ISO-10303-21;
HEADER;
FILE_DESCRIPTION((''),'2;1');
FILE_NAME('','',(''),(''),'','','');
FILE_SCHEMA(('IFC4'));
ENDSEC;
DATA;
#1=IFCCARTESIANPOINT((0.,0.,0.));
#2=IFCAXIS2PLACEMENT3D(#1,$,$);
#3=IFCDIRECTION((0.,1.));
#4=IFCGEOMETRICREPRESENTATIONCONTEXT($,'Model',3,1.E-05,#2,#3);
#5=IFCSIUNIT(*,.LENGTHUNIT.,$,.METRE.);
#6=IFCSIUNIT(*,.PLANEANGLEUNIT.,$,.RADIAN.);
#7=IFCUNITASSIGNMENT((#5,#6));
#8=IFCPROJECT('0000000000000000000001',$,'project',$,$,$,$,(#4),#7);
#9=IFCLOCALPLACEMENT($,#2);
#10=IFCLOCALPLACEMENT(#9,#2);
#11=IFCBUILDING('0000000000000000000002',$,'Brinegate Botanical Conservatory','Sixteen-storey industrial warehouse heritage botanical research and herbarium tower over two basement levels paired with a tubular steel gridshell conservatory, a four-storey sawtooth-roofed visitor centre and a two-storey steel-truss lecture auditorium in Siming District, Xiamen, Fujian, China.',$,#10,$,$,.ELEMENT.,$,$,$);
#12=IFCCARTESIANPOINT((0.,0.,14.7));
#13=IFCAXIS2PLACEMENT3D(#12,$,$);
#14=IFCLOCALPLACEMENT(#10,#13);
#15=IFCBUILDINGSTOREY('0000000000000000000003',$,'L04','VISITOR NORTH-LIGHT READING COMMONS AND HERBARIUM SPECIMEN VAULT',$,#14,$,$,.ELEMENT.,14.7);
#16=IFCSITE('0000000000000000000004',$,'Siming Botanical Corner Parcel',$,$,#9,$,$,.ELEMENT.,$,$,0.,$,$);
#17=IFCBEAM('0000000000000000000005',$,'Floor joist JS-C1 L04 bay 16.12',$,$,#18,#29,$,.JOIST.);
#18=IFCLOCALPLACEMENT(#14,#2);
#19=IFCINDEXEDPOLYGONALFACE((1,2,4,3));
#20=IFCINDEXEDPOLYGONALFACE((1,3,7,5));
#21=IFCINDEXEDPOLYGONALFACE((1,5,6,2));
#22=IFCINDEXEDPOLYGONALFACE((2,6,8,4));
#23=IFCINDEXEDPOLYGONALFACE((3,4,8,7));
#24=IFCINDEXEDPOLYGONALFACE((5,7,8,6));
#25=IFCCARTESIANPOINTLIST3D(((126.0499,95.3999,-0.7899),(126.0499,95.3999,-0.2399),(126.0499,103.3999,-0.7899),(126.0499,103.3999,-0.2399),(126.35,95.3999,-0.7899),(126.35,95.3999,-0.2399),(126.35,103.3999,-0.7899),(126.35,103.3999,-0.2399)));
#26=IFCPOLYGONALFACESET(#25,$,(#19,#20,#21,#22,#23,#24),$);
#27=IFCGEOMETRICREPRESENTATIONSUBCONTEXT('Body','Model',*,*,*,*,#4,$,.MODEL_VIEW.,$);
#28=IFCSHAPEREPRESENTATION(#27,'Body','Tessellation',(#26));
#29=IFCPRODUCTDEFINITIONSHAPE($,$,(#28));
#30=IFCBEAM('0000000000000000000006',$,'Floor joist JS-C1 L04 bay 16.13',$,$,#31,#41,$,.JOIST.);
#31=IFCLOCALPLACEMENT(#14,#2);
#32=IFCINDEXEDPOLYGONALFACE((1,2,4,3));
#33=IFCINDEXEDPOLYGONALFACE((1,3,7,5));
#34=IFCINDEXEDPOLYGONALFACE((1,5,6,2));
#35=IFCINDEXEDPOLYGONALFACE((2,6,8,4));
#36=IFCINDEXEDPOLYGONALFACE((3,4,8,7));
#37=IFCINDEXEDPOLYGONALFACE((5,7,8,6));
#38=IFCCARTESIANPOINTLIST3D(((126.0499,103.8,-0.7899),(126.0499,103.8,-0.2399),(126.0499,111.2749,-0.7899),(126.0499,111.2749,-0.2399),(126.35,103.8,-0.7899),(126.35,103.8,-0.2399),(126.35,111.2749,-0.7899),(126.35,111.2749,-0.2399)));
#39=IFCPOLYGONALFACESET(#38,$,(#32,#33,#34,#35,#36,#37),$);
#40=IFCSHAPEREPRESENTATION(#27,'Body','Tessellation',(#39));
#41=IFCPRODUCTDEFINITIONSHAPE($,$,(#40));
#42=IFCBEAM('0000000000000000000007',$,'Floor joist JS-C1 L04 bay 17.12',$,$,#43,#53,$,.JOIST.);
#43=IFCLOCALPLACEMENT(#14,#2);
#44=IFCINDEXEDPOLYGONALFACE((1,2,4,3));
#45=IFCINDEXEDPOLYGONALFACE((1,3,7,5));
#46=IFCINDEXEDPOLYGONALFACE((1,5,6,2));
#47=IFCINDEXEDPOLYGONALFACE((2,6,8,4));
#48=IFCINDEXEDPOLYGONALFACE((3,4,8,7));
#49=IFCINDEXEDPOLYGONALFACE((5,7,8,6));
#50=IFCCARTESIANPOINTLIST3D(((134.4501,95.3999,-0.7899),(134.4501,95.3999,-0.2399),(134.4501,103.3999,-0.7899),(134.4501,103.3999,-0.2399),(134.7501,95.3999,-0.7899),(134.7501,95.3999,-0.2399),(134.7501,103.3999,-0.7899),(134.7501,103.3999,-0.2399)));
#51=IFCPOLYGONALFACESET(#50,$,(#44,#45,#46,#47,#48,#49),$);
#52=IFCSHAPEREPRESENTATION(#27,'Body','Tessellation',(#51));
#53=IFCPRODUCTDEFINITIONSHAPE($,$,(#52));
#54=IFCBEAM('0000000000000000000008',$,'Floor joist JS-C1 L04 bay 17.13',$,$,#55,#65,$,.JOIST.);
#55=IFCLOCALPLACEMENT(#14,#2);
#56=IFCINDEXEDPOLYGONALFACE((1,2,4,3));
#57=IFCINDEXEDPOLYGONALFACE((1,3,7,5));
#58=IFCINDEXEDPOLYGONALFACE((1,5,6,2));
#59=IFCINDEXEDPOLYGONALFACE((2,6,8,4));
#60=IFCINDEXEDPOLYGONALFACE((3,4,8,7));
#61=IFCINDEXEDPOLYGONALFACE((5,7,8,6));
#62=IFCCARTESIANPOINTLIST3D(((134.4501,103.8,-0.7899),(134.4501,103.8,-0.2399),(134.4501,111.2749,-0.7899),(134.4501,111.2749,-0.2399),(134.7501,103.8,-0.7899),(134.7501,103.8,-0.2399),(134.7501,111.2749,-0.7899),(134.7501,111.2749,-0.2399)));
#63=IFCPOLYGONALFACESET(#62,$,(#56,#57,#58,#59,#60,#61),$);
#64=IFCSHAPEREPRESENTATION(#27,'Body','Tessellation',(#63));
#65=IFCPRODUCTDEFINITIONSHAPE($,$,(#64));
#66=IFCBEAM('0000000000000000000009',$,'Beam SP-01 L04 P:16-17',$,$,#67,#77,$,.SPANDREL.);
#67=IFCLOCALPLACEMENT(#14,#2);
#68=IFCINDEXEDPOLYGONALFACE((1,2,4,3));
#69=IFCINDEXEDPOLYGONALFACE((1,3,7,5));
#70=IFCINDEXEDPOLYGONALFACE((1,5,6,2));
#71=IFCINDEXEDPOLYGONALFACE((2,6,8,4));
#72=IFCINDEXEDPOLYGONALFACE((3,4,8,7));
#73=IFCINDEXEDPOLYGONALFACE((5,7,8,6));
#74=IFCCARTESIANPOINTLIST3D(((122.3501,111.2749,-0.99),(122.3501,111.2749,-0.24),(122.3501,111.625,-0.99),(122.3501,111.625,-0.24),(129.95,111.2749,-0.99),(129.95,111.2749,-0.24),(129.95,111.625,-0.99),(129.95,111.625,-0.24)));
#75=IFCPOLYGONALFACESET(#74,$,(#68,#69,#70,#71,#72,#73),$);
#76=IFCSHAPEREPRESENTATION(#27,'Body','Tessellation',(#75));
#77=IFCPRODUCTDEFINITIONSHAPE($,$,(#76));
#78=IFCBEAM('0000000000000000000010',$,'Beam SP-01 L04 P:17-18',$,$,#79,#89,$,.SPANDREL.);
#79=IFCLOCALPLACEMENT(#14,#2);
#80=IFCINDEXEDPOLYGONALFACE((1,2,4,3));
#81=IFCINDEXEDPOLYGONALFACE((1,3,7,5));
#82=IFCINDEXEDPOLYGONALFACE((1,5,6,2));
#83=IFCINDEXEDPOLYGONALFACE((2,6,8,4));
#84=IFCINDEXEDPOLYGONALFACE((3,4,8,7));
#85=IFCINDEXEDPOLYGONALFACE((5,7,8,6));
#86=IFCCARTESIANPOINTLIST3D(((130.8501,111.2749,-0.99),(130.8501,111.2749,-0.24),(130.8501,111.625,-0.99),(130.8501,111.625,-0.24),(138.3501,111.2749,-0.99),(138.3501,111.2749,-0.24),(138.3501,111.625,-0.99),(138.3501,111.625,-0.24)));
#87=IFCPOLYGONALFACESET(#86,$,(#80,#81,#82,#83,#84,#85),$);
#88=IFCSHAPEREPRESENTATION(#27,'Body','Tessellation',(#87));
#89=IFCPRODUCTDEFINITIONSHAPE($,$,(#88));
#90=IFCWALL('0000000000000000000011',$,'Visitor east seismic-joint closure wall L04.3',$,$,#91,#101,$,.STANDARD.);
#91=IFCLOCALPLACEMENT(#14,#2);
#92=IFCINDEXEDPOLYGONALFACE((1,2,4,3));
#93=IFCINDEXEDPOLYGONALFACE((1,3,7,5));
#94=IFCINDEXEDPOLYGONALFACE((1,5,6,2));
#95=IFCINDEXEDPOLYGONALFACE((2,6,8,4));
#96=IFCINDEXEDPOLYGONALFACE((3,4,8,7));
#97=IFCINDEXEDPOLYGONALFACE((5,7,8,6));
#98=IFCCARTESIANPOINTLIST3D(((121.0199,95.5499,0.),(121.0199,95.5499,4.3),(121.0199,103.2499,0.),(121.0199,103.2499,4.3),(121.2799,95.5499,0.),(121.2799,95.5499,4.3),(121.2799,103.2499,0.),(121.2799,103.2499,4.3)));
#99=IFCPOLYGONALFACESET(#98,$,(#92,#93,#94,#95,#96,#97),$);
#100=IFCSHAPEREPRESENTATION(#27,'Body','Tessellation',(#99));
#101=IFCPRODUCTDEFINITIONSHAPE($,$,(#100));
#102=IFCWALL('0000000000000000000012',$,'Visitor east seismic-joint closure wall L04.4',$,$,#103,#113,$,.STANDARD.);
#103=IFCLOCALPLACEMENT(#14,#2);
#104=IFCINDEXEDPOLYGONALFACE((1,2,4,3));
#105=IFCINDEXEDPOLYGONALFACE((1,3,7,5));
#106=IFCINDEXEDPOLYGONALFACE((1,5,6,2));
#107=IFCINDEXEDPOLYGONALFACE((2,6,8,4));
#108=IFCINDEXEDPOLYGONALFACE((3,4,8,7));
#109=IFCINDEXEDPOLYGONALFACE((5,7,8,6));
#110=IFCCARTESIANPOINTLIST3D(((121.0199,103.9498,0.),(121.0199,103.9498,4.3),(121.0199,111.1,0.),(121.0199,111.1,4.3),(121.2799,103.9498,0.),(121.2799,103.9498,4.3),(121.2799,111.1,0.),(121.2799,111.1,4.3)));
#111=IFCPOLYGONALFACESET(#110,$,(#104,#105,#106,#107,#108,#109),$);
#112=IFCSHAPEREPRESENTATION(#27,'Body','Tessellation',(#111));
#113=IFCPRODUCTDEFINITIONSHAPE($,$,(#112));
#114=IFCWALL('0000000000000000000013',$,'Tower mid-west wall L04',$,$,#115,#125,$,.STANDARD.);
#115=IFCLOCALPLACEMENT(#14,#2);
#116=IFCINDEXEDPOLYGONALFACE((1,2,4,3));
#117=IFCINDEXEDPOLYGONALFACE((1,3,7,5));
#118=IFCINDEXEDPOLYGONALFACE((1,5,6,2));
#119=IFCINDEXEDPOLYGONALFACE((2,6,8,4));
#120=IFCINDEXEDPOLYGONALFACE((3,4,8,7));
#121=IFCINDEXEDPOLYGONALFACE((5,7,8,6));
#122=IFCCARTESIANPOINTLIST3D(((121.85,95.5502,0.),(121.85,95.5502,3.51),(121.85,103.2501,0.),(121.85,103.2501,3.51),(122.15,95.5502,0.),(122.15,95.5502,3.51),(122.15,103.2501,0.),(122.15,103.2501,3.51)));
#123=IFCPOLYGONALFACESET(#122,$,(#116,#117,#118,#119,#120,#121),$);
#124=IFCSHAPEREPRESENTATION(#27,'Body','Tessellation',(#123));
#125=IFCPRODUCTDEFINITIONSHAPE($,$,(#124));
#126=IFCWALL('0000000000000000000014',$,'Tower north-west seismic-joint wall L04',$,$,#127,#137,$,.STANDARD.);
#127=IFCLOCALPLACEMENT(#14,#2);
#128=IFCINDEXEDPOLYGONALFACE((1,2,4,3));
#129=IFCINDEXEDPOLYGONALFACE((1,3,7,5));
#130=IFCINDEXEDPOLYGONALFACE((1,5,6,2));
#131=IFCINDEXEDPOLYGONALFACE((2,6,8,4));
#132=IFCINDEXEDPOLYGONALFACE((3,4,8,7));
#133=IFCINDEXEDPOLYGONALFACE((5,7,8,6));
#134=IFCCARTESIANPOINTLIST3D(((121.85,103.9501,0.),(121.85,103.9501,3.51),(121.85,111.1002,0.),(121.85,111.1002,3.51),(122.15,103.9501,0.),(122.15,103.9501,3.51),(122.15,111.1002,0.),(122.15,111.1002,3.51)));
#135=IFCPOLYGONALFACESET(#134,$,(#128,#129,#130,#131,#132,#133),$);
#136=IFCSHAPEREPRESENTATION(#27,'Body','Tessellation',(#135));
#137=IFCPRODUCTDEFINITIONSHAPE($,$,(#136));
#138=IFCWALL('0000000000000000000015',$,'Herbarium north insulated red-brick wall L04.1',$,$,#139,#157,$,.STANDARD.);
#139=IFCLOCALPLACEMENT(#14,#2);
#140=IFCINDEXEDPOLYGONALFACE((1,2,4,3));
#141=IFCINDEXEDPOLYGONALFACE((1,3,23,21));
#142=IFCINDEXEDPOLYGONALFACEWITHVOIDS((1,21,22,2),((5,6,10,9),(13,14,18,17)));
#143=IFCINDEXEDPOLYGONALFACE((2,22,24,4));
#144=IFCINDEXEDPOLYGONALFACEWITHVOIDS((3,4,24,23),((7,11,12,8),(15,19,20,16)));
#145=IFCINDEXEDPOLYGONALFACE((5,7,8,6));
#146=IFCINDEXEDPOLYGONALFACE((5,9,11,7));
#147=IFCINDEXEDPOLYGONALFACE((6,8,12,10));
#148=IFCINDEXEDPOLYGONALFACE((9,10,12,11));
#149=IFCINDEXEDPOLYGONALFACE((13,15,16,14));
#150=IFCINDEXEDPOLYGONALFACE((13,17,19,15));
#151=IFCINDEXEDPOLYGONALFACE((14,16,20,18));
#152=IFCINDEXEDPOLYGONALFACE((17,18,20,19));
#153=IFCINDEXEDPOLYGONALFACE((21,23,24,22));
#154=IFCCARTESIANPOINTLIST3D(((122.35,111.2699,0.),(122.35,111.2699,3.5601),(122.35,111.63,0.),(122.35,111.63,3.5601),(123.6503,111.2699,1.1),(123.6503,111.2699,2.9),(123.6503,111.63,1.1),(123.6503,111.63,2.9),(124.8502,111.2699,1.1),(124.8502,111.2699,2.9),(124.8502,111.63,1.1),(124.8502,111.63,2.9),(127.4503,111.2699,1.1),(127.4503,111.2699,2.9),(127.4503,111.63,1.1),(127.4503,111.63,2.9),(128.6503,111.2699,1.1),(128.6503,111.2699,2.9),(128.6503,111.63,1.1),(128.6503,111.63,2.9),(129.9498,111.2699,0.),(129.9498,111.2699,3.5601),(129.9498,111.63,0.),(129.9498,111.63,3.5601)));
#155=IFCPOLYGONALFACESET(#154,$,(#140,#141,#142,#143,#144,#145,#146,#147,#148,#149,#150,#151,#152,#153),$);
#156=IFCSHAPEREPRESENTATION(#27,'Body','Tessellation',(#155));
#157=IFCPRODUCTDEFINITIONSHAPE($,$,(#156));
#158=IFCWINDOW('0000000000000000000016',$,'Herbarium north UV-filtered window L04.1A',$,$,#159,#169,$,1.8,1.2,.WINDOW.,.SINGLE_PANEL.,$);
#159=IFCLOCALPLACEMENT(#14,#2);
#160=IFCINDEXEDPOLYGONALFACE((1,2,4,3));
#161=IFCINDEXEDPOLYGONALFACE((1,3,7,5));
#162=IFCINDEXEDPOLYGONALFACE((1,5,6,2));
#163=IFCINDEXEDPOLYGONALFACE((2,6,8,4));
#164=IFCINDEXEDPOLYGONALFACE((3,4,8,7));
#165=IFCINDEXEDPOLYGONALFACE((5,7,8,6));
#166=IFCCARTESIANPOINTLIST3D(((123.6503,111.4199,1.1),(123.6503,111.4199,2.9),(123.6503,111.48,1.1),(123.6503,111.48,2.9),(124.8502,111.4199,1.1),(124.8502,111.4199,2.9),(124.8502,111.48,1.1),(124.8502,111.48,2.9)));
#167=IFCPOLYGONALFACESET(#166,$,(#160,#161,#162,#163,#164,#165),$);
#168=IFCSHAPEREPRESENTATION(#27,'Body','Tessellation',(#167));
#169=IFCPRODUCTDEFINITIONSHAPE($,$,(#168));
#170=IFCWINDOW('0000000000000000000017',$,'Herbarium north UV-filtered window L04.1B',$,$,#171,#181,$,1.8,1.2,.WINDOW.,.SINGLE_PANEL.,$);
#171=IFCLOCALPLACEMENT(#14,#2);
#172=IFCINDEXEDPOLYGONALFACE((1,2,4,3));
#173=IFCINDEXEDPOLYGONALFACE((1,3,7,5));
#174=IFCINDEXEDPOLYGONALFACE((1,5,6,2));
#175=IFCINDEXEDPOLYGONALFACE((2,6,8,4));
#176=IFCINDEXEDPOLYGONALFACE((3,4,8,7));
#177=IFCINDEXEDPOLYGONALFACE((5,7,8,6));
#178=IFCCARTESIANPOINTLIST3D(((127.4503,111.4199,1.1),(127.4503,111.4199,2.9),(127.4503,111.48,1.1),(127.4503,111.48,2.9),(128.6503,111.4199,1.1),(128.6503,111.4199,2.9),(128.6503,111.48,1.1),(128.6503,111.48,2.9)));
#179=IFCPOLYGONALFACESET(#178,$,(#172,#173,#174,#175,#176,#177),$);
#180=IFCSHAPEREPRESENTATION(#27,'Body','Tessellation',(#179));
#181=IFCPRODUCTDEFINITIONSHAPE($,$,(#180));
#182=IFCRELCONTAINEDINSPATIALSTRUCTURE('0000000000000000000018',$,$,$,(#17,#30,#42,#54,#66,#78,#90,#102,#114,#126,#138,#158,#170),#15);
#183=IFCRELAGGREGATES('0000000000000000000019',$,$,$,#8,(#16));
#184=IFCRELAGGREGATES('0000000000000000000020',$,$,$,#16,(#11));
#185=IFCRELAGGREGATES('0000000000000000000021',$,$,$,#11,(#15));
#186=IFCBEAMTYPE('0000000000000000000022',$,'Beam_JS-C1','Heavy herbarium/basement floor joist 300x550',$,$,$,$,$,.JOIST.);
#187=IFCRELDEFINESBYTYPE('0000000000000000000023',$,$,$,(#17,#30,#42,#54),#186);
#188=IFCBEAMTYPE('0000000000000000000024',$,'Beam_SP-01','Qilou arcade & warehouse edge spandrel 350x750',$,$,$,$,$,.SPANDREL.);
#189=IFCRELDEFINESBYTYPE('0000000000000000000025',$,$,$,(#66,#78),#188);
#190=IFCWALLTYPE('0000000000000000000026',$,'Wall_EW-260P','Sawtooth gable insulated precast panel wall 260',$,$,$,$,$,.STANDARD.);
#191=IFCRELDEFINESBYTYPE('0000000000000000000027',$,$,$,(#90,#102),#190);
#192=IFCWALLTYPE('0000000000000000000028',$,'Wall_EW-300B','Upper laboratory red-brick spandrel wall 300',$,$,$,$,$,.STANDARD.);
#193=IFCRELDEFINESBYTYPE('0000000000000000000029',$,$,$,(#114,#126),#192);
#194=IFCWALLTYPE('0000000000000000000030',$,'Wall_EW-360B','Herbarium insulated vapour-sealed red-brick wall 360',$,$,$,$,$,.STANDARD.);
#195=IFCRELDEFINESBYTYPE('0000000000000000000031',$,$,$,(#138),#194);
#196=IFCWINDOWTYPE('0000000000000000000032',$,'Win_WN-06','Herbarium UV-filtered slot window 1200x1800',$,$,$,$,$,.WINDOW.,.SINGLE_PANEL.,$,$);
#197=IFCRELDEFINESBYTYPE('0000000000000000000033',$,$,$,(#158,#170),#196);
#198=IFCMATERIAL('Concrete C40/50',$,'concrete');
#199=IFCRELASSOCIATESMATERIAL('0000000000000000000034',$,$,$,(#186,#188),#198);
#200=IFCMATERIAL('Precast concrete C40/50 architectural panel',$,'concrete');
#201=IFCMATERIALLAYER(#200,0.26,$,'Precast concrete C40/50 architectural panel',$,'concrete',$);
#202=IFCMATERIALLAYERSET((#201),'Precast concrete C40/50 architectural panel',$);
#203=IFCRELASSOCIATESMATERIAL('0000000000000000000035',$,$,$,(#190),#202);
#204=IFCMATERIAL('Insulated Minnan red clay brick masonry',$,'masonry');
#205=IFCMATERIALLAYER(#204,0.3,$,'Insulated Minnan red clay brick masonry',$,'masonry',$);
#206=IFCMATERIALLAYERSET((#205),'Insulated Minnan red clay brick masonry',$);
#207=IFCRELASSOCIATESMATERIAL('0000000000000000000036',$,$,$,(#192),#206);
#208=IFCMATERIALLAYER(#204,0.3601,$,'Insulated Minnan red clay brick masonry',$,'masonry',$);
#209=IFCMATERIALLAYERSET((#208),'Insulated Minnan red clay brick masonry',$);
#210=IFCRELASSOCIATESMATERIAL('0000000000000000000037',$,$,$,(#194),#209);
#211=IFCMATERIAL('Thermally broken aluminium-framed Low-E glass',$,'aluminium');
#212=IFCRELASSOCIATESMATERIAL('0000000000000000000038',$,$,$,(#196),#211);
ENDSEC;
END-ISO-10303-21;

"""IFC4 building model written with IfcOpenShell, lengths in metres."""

from ifc_helpers import new_model, si_unit, direction, frame, frame_2d, origin, origin_2d, place, context, subcontext, project, spatial, rectangle, extrude, material, layer, layer_set, material_profile, profile_set, type_object, element, fill, save


model = new_model("IFC4")

# Units and contexts
model_context = context("Model", 3, precision=1e-05, world=origin(), true_north=direction((0.0, 1.0)))
body_context = subcontext(model_context, "Body", "Model", "MODEL_VIEW")
ifc_project = project(units=[si_unit("LENGTHUNIT", "METRE"), si_unit("PLANEANGLEUNIT", "RADIAN")], contexts=[model_context])

# Site, building, storey
site_placement = place(None, origin())
site = spatial("IfcSite", under=ifc_project, at=site_placement, Name="Siming Botanical Corner Parcel", CompositionType="ELEMENT", RefElevation=0.0)
building_placement = place(site_placement, origin())
building = spatial("IfcBuilding", under=site, at=building_placement, Name="Brinegate Botanical Conservatory", Description="Sixteen-storey industrial warehouse heritage botanical research and herbarium tower over two basement levels paired with a tubular steel gridshell conservatory, a four-storey sawtooth-roofed visitor centre and a two-storey steel-truss lecture auditorium in Siming District, Xiamen, Fujian, China.", CompositionType="ELEMENT")
storey_placement = place(building_placement, frame((0.0, 0.0, 14.7)))
storey = spatial("IfcBuildingStorey", under=building, at=storey_placement, Name="L04", Description="VISITOR NORTH-LIGHT READING COMMONS AND HERBARIUM SPECIMEN VAULT", CompositionType="ELEMENT", Elevation=14.7)

# Beams
ifc_material_1 = material(Name="Concrete C40/50", Category="concrete")
ifc_material_profile_1 = material_profile(ifc_material_1, rectangle(XDim=0.3, YDim=0.55, at=origin_2d()), Name="RC JST 300x550")
ifc_profile_set_1 = profile_set([ifc_material_profile_1], Name="Concrete C40/50")
beam_type_1 = type_object("IfcBeamType", Name="Beam_JS-C1", Description="Heavy herbarium/basement floor joist 300x550", PredefinedType="JOIST", material=ifc_profile_set_1)
beam_1_placement = place(storey_placement, frame((126.2, 95.3999, -0.5149), z_axis=(0.0, 1.0, 0.0), x_axis=(-1.0, 0.0, 0.0)))
element("IfcBeam", 1, at=beam_1_placement, inside=storey, type_object=beam_type_1, Name="Floor joist JS-C1 L04 bay 16.12", PredefinedType="JOIST", context=body_context, shape_type="SweptSolid", body=[
    extrude(rectangle(XDim=0.3, YDim=0.55, at=origin_2d()), origin(), (0.0, 0.0, 1.0), 8.0),
])
beam_2_placement = place(storey_placement, frame((126.2, 103.8, -0.5149), z_axis=(0.0, 1.0, 0.0), x_axis=(-1.0, 0.0, 0.0)))
element("IfcBeam", 2, at=beam_2_placement, inside=storey, type_object=beam_type_1, Name="Floor joist JS-C1 L04 bay 16.13", PredefinedType="JOIST", context=body_context, shape_type="SweptSolid", body=[
    extrude(rectangle(XDim=0.3, YDim=0.55, at=origin_2d()), origin(), (0.0, 0.0, 1.0), 7.4749),
])
beam_3_placement = place(storey_placement, frame((134.6001, 95.3999, -0.5149), z_axis=(0.0, 1.0, 0.0), x_axis=(-1.0, 0.0, 0.0)))
element("IfcBeam", 3, at=beam_3_placement, inside=storey, type_object=beam_type_1, Name="Floor joist JS-C1 L04 bay 17.12", PredefinedType="JOIST", context=body_context, shape_type="SweptSolid", body=[
    extrude(rectangle(XDim=0.3, YDim=0.55, at=origin_2d()), origin(), (0.0, 0.0, 1.0), 8.0),
])
beam_4_placement = place(storey_placement, frame((134.6001, 103.8, -0.5149), z_axis=(0.0, 1.0, 0.0), x_axis=(-1.0, 0.0, 0.0)))
element("IfcBeam", 4, at=beam_4_placement, inside=storey, type_object=beam_type_1, Name="Floor joist JS-C1 L04 bay 17.13", PredefinedType="JOIST", context=body_context, shape_type="SweptSolid", body=[
    extrude(rectangle(XDim=0.3, YDim=0.55, at=origin_2d()), origin(), (0.0, 0.0, 1.0), 7.4749),
])
ifc_material_profile_2 = material_profile(ifc_material_1, rectangle(XDim=0.3501, YDim=0.75, at=origin_2d()), Name="RC SPN 350x750")
ifc_profile_set_2 = profile_set([ifc_material_profile_2], Name="Concrete C40/50")
beam_type_2 = type_object("IfcBeamType", Name="Beam_SP-01", Description="Qilou arcade & warehouse edge spandrel 350x750", PredefinedType="SPANDREL", material=ifc_profile_set_2)
beam_5_placement = place(storey_placement, frame((122.3501, 111.45, -0.615), z_axis=(1.0, 0.0, 0.0), x_axis=(0.0, 1.0, 0.0)))
element("IfcBeam", 5, at=beam_5_placement, inside=storey, type_object=beam_type_2, Name="Beam SP-01 L04 P:16-17", PredefinedType="SPANDREL", context=body_context, shape_type="SweptSolid", body=[
    extrude(rectangle(XDim=0.3501, YDim=0.75, at=origin_2d()), origin(), (0.0, 0.0, 1.0), 7.5999),
])
beam_6_placement = place(storey_placement, frame((130.8501, 111.45, -0.615), z_axis=(1.0, 0.0, 0.0), x_axis=(0.0, 1.0, 0.0)))
element("IfcBeam", 6, at=beam_6_placement, inside=storey, type_object=beam_type_2, Name="Beam SP-01 L04 P:17-18", PredefinedType="SPANDREL", context=body_context, shape_type="SweptSolid", body=[
    extrude(rectangle(XDim=0.3501, YDim=0.75, at=origin_2d()), origin(), (0.0, 0.0, 1.0), 7.5),
])

# Walls
ifc_material_2 = material(Name="Precast concrete C40/50 architectural panel", Category="concrete")
ifc_layer_1 = layer(ifc_material_2, 0.26, Name="Precast concrete C40/50 architectural panel", Category="concrete")
ifc_layer_set_1 = layer_set([ifc_layer_1], Name="Precast concrete C40/50 architectural panel")
wall_type_1 = type_object("IfcWallType", Name="Wall_EW-260P", Description="Sawtooth gable insulated precast panel wall 260", PredefinedType="STANDARD", material=ifc_layer_set_1)
wall_1_placement = place(storey_placement, frame((121.1499, 103.25, 0.0), z_axis=(0.0, 0.0, 1.0), x_axis=(0.0, -1.0, 0.0)))
element("IfcWall", 7, at=wall_1_placement, inside=storey, type_object=wall_type_1, Name="Visitor east seismic-joint closure wall L04.3", PredefinedType="STANDARD", context=body_context, shape_type="SweptSolid", body=[
    extrude(rectangle(XDim=7.7, YDim=0.26, at=frame_2d((3.8501, 0.0))), origin(), (0.0, 0.0, 1.0), 4.3),
])
wall_2_placement = place(storey_placement, frame((121.1499, 111.1001, 0.0), z_axis=(0.0, 0.0, 1.0), x_axis=(0.0, -1.0, 0.0)))
element("IfcWall", 8, at=wall_2_placement, inside=storey, type_object=wall_type_1, Name="Visitor east seismic-joint closure wall L04.4", PredefinedType="STANDARD", context=body_context, shape_type="SweptSolid", body=[
    extrude(rectangle(XDim=7.1501, YDim=0.26, at=frame_2d((3.5752, 0.0))), origin(), (0.0, 0.0, 1.0), 4.3),
])
ifc_material_3 = material(Name="Insulated Minnan red clay brick masonry", Category="masonry")
ifc_layer_2 = layer(ifc_material_3, 0.3, Name="Insulated Minnan red clay brick masonry", Category="masonry")
ifc_layer_set_2 = layer_set([ifc_layer_2], Name="Insulated Minnan red clay brick masonry")
wall_type_2 = type_object("IfcWallType", Name="Wall_EW-300B", Description="Upper laboratory red-brick spandrel wall 300", PredefinedType="STANDARD", material=ifc_layer_set_2)
wall_3_placement = place(storey_placement, frame((122.0, 95.55, 0.0), z_axis=(0.0, 0.0, 1.0), x_axis=(0.0, 1.0, 0.0)))
element("IfcWall", 9, at=wall_3_placement, inside=storey, type_object=wall_type_2, Name="Tower mid-west wall L04", PredefinedType="STANDARD", context=body_context, shape_type="SweptSolid", body=[
    extrude(rectangle(XDim=7.7, YDim=0.3, at=frame_2d((3.8501, 0.0))), origin(), (0.0, 0.0, 1.0), 3.51),
])
wall_4_placement = place(storey_placement, frame((122.0, 103.95, 0.0), z_axis=(0.0, 0.0, 1.0), x_axis=(0.0, 1.0, 0.0)))
element("IfcWall", 10, at=wall_4_placement, inside=storey, type_object=wall_type_2, Name="Tower north-west seismic-joint wall L04", PredefinedType="STANDARD", context=body_context, shape_type="SweptSolid", body=[
    extrude(rectangle(XDim=7.1501, YDim=0.3, at=frame_2d((3.5752, 0.0))), origin(), (0.0, 0.0, 1.0), 3.51),
])

# Wall, openings, windows
ifc_layer_3 = layer(ifc_material_3, 0.3601, Name="Insulated Minnan red clay brick masonry", Category="masonry")
ifc_layer_set_3 = layer_set([ifc_layer_3], Name="Insulated Minnan red clay brick masonry")
wall_type_3 = type_object("IfcWallType", Name="Wall_EW-360B", Description="Herbarium insulated vapour-sealed red-brick wall 360", PredefinedType="STANDARD", material=ifc_layer_set_3)
wall_5_placement = place(storey_placement, frame((122.3501, 111.45, 0.0), z_axis=(0.0, 0.0, 1.0), x_axis=(1.0, 0.0, 0.0)))
wall_5 = element("IfcWall", 11, at=wall_5_placement, inside=storey, type_object=wall_type_3, Name="Herbarium north insulated red-brick wall L04.1", PredefinedType="STANDARD", context=body_context, shape_type="SweptSolid", body=[
    extrude(rectangle(XDim=7.5999, YDim=0.3601, at=frame_2d((3.7998, 0.0))), origin(), (0.0, 0.0, 1.0), 3.5601),
])
opening_1_placement = place(wall_5_placement, frame((1.3, 0.0, 1.1001)))
opening_1 = element("IfcOpeningElement", 12, at=opening_1_placement, cuts=wall_5, PredefinedType="OPENING", context=body_context, shape_type="SweptSolid", body=[
    extrude(rectangle(XDim=1.2, YDim=1.8, at=frame_2d((0.6001, 0.8999))), frame((0.0, 0.1899, 0.0), z_axis=(0.0, -1.0, 0.0), x_axis=(1.0, 0.0, 0.0)), (0.0, 0.0, 1.0), 0.3801),
])
opening_2_placement = place(wall_5_placement, frame((5.1001, 0.0, 1.1001)))
opening_2 = element("IfcOpeningElement", 13, at=opening_2_placement, cuts=wall_5, PredefinedType="OPENING", context=body_context, shape_type="SweptSolid", body=[
    extrude(rectangle(XDim=1.2, YDim=1.8, at=frame_2d((0.6001, 0.8999))), frame((0.0, 0.1899, 0.0), z_axis=(0.0, -1.0, 0.0), x_axis=(1.0, 0.0, 0.0)), (0.0, 0.0, 1.0), 0.3801),
])
ifc_material_4 = material(Name="Thermally broken aluminium-framed Low-E glass", Category="aluminium")
window_type = type_object("IfcWindowType", Name="Win_WN-06", Description="Herbarium UV-filtered slot window 1200x1800", PartitioningType="SINGLE_PANEL", PredefinedType="WINDOW", material=ifc_material_4)
window_1_placement = place(opening_1_placement, origin())
window_1 = element("IfcWindow", 14, at=window_1_placement, inside=storey, type_object=window_type, Name="Herbarium north UV-filtered window L04.1A", OverallHeight=1.8, OverallWidth=1.2, PartitioningType="SINGLE_PANEL", PredefinedType="WINDOW", context=body_context, shape_type="SweptSolid", body=[
    extrude(rectangle(XDim=1.2, YDim=1.8, at=frame_2d((0.6001, 0.8999))), frame((0.0, 0.03, 0.0), z_axis=(0.0, -1.0, 0.0), x_axis=(1.0, 0.0, 0.0)), (0.0, 0.0, 1.0), 0.0601),
])
fill(opening_1, window_1)
window_2_placement = place(opening_2_placement, origin())
window_2 = element("IfcWindow", 15, at=window_2_placement, inside=storey, type_object=window_type, Name="Herbarium north UV-filtered window L04.1B", OverallHeight=1.8, OverallWidth=1.2, PartitioningType="SINGLE_PANEL", PredefinedType="WINDOW", context=body_context, shape_type="SweptSolid", body=[
    extrude(rectangle(XDim=1.2, YDim=1.8, at=frame_2d((0.6001, 0.8999))), frame((0.0, 0.03, 0.0), z_axis=(0.0, -1.0, 0.0), x_axis=(1.0, 0.0, 0.0)), (0.0, 0.0, 1.0), 0.0601),
])
fill(opening_2, window_2)

save(model, "model.ifc")
